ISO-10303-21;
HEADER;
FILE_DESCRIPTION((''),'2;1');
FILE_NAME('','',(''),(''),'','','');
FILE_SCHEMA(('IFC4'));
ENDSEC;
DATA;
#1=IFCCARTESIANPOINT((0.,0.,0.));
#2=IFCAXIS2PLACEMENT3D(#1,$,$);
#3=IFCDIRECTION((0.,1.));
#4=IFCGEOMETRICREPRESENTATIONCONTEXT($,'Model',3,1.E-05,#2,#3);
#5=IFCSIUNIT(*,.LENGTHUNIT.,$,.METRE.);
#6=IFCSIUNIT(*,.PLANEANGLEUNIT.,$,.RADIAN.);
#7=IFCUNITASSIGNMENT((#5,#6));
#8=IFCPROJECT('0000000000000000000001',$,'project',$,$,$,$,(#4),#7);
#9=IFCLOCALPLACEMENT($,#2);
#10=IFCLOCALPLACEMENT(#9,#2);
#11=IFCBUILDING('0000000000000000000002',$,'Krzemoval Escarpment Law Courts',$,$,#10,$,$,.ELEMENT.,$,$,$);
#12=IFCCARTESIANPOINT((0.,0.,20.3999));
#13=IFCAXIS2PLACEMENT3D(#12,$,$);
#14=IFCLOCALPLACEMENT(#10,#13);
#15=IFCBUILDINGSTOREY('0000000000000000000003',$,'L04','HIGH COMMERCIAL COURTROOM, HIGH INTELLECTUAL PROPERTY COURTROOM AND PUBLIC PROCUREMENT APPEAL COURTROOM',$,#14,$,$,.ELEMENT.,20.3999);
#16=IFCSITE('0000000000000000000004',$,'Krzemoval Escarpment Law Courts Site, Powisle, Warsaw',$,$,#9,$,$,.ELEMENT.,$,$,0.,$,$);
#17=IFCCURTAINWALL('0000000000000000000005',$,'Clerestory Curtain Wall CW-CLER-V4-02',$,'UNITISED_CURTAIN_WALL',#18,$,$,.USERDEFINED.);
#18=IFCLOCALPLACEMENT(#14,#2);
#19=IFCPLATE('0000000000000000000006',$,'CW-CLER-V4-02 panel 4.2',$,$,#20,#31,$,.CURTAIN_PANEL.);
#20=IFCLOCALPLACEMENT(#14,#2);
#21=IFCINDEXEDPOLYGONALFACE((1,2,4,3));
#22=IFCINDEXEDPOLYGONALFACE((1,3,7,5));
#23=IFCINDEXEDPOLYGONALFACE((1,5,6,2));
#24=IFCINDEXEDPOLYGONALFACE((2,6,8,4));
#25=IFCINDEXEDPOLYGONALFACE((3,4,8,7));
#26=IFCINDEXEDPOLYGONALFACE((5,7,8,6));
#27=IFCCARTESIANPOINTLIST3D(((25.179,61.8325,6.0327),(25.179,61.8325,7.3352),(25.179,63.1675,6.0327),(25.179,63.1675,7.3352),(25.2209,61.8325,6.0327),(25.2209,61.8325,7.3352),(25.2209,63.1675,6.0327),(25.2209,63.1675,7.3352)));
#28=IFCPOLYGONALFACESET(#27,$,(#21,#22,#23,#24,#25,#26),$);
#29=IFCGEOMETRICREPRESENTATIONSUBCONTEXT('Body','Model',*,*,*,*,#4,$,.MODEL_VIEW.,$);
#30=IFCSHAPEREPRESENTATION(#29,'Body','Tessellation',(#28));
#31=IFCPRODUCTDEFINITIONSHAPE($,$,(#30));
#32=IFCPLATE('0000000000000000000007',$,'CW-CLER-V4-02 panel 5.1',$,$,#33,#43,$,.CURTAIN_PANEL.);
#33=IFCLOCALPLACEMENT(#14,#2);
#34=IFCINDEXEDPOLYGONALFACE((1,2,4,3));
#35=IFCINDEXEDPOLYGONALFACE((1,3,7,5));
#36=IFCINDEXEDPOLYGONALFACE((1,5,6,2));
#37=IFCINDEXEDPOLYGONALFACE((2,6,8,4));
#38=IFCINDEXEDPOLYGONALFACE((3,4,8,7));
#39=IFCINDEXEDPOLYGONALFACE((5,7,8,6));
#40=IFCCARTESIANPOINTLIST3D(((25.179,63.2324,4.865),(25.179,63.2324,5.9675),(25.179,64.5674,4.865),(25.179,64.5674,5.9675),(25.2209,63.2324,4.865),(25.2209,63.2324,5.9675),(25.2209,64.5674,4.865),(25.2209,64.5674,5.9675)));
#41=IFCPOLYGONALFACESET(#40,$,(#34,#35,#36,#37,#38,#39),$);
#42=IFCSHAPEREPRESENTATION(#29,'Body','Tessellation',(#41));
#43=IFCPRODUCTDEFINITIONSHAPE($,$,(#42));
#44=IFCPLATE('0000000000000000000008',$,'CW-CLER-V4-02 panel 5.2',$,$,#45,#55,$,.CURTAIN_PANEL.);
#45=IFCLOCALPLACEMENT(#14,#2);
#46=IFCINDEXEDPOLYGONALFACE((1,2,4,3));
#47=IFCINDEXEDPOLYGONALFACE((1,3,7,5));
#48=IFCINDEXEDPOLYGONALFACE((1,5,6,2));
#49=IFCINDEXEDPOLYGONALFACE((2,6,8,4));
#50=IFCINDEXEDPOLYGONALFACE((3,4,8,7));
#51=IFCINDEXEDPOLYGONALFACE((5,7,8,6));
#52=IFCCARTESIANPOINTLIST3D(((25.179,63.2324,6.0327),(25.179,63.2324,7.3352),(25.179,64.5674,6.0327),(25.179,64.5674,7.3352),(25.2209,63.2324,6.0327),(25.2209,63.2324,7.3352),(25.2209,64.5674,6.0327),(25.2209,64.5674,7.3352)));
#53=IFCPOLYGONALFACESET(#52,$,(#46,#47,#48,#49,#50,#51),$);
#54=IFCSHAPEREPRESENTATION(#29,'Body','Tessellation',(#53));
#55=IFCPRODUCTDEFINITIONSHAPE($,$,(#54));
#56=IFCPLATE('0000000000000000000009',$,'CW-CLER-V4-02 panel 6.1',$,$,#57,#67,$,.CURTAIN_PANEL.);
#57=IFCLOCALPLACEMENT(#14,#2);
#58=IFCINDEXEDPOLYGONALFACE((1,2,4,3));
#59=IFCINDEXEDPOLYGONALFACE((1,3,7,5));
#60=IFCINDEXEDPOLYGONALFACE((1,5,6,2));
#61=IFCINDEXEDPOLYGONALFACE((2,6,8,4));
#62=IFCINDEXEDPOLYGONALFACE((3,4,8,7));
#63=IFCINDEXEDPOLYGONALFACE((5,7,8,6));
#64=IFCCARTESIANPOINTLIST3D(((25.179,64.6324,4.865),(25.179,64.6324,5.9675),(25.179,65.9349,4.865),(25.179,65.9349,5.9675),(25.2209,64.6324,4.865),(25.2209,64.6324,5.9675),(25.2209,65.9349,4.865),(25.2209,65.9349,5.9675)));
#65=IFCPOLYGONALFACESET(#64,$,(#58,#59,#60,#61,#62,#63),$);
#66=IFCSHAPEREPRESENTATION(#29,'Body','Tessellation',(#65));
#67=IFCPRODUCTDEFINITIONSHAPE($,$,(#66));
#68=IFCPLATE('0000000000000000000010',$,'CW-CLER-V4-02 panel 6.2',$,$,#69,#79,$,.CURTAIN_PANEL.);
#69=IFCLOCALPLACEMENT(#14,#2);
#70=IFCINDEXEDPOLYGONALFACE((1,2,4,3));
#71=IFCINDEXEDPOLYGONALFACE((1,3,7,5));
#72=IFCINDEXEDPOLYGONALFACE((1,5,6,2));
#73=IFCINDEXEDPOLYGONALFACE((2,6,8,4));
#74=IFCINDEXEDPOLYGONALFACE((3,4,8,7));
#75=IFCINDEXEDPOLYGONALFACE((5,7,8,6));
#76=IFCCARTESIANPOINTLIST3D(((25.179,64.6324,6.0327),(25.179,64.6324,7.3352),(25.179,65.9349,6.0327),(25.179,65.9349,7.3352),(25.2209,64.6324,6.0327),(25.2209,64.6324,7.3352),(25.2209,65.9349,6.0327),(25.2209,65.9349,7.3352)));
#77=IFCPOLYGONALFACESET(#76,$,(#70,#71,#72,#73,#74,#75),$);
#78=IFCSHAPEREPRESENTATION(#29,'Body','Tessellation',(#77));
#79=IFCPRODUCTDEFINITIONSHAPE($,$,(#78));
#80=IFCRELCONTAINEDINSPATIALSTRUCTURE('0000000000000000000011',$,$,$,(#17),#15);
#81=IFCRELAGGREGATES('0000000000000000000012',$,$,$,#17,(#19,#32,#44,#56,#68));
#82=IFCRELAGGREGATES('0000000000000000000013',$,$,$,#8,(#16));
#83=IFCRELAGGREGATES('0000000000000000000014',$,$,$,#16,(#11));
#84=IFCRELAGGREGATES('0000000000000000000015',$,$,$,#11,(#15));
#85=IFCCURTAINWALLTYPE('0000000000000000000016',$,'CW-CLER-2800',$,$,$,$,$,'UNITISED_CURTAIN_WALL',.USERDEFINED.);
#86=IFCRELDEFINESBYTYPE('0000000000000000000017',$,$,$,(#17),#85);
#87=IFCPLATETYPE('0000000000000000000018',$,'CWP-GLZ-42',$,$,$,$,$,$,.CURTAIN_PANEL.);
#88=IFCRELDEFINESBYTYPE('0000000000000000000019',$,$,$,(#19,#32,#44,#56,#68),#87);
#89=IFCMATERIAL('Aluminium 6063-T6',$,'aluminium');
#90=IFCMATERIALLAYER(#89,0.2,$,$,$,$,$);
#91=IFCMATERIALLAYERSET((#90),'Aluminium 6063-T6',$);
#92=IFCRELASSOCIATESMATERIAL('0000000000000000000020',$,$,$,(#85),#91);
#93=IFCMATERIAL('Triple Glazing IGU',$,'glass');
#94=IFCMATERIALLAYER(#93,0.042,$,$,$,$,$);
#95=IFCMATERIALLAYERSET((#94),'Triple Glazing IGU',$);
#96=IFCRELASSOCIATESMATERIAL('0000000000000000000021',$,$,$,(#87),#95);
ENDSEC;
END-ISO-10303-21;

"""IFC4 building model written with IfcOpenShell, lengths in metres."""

from ifc_helpers import new_model, si_unit, direction, frame, origin, origin_2d, place, context, subcontext, project, spatial, rectangle, extrude, material, layer, layer_set, type_object, element, aggregate, save


model = new_model("IFC4")

# Units and contexts
model_context = context("Model", 3, precision=1e-05, world=origin(), true_north=direction((0.0, 1.0)))
body_context = subcontext(model_context, "Body", "Model", "MODEL_VIEW")
ifc_project = project(units=[si_unit("LENGTHUNIT", "METRE"), si_unit("PLANEANGLEUNIT", "RADIAN")], contexts=[model_context])

# Site, building, storey
site_placement = place(None, origin())
site = spatial("IfcSite", under=ifc_project, at=site_placement, Name="Krzemoval Escarpment Law Courts Site, Powisle, Warsaw", CompositionType="ELEMENT", RefElevation=0.0)
building_placement = place(site_placement, origin())
building = spatial("IfcBuilding", under=site, at=building_placement, Name="Krzemoval Escarpment Law Courts", CompositionType="ELEMENT")
storey_placement = place(building_placement, frame((0.0, 0.0, 20.3999)))
storey = spatial("IfcBuildingStorey", under=building, at=storey_placement, Name="L04", Description="HIGH COMMERCIAL COURTROOM, HIGH INTELLECTUAL PROPERTY COURTROOM AND PUBLIC PROCUREMENT APPEAL COURTROOM", CompositionType="ELEMENT", Elevation=20.3999)

# Curtain wall
ifc_material_1 = material(Name="Aluminium 6063-T6", Category="aluminium")
ifc_layer_1 = layer(ifc_material_1, 0.2)
ifc_layer_set_1 = layer_set([ifc_layer_1], Name="Aluminium 6063-T6")
curtain_wall_type = type_object("IfcCurtainWallType", Name="CW-CLER-2800", ElementType="UNITISED_CURTAIN_WALL", PredefinedType="USERDEFINED", material=ifc_layer_set_1)
curtain_wall_placement = place(storey_placement, origin())
curtain_wall = element("IfcCurtainWall", 1, at=curtain_wall_placement, inside=storey, type_object=curtain_wall_type, Name="Clerestory Curtain Wall CW-CLER-V4-02", ObjectType="UNITISED_CURTAIN_WALL", PredefinedType="USERDEFINED")

# Plates
ifc_material_2 = material(Name="Triple Glazing IGU", Category="glass")
ifc_layer_2 = layer(ifc_material_2, 0.042)
ifc_layer_set_2 = layer_set([ifc_layer_2], Name="Triple Glazing IGU")
plate_type = type_object("IfcPlateType", Name="CWP-GLZ-42", PredefinedType="CURTAIN_PANEL", material=ifc_layer_set_2)
plate_1_placement = place(storey_placement, frame((25.2, 62.5, 6.0327), z_axis=(0.0, 0.0, 1.0), x_axis=(0.0, 1.0, 0.0)))
plate_1 = element("IfcPlate", 2, at=plate_1_placement, type_object=plate_type, Name="CW-CLER-V4-02 panel 4.2", PredefinedType="CURTAIN_PANEL", context=body_context, shape_type="SweptSolid", body=[
    extrude(rectangle(XDim=1.335, YDim=0.042, at=origin_2d()), origin(), (0.0, 0.0, 1.0), 1.3025),
])
plate_2_placement = place(storey_placement, frame((25.2, 63.8999, 4.865), z_axis=(0.0, 0.0, 1.0), x_axis=(0.0, 1.0, 0.0)))
plate_2 = element("IfcPlate", 3, at=plate_2_placement, type_object=plate_type, Name="CW-CLER-V4-02 panel 5.1", PredefinedType="CURTAIN_PANEL", context=body_context, shape_type="SweptSolid", body=[
    extrude(rectangle(XDim=1.335, YDim=0.042, at=origin_2d()), origin(), (0.0, 0.0, 1.0), 1.1025),
])
plate_3_placement = place(storey_placement, frame((25.2, 63.8999, 6.0327), z_axis=(0.0, 0.0, 1.0), x_axis=(0.0, 1.0, 0.0)))
plate_3 = element("IfcPlate", 4, at=plate_3_placement, type_object=plate_type, Name="CW-CLER-V4-02 panel 5.2", PredefinedType="CURTAIN_PANEL", context=body_context, shape_type="SweptSolid", body=[
    extrude(rectangle(XDim=1.335, YDim=0.042, at=origin_2d()), origin(), (0.0, 0.0, 1.0), 1.3025),
])
plate_4_placement = place(storey_placement, frame((25.2, 65.2837, 4.865), z_axis=(0.0, 0.0, 1.0), x_axis=(0.0, 1.0, 0.0)))
plate_4 = element("IfcPlate", 5, at=plate_4_placement, type_object=plate_type, Name="CW-CLER-V4-02 panel 6.1", PredefinedType="CURTAIN_PANEL", context=body_context, shape_type="SweptSolid", body=[
    extrude(rectangle(XDim=1.3025, YDim=0.042, at=origin_2d()), origin(), (0.0, 0.0, 1.0), 1.1025),
])
plate_5_placement = place(storey_placement, frame((25.2, 65.2837, 6.0327), z_axis=(0.0, 0.0, 1.0), x_axis=(0.0, 1.0, 0.0)))
plate_5 = element("IfcPlate", 6, at=plate_5_placement, type_object=plate_type, Name="CW-CLER-V4-02 panel 6.2", PredefinedType="CURTAIN_PANEL", context=body_context, shape_type="SweptSolid", body=[
    extrude(rectangle(XDim=1.3025, YDim=0.042, at=origin_2d()), origin(), (0.0, 0.0, 1.0), 1.3025),
])
aggregate(curtain_wall, [plate_1, plate_2, plate_3, plate_4, plate_5])

save(model, "model.ifc")
